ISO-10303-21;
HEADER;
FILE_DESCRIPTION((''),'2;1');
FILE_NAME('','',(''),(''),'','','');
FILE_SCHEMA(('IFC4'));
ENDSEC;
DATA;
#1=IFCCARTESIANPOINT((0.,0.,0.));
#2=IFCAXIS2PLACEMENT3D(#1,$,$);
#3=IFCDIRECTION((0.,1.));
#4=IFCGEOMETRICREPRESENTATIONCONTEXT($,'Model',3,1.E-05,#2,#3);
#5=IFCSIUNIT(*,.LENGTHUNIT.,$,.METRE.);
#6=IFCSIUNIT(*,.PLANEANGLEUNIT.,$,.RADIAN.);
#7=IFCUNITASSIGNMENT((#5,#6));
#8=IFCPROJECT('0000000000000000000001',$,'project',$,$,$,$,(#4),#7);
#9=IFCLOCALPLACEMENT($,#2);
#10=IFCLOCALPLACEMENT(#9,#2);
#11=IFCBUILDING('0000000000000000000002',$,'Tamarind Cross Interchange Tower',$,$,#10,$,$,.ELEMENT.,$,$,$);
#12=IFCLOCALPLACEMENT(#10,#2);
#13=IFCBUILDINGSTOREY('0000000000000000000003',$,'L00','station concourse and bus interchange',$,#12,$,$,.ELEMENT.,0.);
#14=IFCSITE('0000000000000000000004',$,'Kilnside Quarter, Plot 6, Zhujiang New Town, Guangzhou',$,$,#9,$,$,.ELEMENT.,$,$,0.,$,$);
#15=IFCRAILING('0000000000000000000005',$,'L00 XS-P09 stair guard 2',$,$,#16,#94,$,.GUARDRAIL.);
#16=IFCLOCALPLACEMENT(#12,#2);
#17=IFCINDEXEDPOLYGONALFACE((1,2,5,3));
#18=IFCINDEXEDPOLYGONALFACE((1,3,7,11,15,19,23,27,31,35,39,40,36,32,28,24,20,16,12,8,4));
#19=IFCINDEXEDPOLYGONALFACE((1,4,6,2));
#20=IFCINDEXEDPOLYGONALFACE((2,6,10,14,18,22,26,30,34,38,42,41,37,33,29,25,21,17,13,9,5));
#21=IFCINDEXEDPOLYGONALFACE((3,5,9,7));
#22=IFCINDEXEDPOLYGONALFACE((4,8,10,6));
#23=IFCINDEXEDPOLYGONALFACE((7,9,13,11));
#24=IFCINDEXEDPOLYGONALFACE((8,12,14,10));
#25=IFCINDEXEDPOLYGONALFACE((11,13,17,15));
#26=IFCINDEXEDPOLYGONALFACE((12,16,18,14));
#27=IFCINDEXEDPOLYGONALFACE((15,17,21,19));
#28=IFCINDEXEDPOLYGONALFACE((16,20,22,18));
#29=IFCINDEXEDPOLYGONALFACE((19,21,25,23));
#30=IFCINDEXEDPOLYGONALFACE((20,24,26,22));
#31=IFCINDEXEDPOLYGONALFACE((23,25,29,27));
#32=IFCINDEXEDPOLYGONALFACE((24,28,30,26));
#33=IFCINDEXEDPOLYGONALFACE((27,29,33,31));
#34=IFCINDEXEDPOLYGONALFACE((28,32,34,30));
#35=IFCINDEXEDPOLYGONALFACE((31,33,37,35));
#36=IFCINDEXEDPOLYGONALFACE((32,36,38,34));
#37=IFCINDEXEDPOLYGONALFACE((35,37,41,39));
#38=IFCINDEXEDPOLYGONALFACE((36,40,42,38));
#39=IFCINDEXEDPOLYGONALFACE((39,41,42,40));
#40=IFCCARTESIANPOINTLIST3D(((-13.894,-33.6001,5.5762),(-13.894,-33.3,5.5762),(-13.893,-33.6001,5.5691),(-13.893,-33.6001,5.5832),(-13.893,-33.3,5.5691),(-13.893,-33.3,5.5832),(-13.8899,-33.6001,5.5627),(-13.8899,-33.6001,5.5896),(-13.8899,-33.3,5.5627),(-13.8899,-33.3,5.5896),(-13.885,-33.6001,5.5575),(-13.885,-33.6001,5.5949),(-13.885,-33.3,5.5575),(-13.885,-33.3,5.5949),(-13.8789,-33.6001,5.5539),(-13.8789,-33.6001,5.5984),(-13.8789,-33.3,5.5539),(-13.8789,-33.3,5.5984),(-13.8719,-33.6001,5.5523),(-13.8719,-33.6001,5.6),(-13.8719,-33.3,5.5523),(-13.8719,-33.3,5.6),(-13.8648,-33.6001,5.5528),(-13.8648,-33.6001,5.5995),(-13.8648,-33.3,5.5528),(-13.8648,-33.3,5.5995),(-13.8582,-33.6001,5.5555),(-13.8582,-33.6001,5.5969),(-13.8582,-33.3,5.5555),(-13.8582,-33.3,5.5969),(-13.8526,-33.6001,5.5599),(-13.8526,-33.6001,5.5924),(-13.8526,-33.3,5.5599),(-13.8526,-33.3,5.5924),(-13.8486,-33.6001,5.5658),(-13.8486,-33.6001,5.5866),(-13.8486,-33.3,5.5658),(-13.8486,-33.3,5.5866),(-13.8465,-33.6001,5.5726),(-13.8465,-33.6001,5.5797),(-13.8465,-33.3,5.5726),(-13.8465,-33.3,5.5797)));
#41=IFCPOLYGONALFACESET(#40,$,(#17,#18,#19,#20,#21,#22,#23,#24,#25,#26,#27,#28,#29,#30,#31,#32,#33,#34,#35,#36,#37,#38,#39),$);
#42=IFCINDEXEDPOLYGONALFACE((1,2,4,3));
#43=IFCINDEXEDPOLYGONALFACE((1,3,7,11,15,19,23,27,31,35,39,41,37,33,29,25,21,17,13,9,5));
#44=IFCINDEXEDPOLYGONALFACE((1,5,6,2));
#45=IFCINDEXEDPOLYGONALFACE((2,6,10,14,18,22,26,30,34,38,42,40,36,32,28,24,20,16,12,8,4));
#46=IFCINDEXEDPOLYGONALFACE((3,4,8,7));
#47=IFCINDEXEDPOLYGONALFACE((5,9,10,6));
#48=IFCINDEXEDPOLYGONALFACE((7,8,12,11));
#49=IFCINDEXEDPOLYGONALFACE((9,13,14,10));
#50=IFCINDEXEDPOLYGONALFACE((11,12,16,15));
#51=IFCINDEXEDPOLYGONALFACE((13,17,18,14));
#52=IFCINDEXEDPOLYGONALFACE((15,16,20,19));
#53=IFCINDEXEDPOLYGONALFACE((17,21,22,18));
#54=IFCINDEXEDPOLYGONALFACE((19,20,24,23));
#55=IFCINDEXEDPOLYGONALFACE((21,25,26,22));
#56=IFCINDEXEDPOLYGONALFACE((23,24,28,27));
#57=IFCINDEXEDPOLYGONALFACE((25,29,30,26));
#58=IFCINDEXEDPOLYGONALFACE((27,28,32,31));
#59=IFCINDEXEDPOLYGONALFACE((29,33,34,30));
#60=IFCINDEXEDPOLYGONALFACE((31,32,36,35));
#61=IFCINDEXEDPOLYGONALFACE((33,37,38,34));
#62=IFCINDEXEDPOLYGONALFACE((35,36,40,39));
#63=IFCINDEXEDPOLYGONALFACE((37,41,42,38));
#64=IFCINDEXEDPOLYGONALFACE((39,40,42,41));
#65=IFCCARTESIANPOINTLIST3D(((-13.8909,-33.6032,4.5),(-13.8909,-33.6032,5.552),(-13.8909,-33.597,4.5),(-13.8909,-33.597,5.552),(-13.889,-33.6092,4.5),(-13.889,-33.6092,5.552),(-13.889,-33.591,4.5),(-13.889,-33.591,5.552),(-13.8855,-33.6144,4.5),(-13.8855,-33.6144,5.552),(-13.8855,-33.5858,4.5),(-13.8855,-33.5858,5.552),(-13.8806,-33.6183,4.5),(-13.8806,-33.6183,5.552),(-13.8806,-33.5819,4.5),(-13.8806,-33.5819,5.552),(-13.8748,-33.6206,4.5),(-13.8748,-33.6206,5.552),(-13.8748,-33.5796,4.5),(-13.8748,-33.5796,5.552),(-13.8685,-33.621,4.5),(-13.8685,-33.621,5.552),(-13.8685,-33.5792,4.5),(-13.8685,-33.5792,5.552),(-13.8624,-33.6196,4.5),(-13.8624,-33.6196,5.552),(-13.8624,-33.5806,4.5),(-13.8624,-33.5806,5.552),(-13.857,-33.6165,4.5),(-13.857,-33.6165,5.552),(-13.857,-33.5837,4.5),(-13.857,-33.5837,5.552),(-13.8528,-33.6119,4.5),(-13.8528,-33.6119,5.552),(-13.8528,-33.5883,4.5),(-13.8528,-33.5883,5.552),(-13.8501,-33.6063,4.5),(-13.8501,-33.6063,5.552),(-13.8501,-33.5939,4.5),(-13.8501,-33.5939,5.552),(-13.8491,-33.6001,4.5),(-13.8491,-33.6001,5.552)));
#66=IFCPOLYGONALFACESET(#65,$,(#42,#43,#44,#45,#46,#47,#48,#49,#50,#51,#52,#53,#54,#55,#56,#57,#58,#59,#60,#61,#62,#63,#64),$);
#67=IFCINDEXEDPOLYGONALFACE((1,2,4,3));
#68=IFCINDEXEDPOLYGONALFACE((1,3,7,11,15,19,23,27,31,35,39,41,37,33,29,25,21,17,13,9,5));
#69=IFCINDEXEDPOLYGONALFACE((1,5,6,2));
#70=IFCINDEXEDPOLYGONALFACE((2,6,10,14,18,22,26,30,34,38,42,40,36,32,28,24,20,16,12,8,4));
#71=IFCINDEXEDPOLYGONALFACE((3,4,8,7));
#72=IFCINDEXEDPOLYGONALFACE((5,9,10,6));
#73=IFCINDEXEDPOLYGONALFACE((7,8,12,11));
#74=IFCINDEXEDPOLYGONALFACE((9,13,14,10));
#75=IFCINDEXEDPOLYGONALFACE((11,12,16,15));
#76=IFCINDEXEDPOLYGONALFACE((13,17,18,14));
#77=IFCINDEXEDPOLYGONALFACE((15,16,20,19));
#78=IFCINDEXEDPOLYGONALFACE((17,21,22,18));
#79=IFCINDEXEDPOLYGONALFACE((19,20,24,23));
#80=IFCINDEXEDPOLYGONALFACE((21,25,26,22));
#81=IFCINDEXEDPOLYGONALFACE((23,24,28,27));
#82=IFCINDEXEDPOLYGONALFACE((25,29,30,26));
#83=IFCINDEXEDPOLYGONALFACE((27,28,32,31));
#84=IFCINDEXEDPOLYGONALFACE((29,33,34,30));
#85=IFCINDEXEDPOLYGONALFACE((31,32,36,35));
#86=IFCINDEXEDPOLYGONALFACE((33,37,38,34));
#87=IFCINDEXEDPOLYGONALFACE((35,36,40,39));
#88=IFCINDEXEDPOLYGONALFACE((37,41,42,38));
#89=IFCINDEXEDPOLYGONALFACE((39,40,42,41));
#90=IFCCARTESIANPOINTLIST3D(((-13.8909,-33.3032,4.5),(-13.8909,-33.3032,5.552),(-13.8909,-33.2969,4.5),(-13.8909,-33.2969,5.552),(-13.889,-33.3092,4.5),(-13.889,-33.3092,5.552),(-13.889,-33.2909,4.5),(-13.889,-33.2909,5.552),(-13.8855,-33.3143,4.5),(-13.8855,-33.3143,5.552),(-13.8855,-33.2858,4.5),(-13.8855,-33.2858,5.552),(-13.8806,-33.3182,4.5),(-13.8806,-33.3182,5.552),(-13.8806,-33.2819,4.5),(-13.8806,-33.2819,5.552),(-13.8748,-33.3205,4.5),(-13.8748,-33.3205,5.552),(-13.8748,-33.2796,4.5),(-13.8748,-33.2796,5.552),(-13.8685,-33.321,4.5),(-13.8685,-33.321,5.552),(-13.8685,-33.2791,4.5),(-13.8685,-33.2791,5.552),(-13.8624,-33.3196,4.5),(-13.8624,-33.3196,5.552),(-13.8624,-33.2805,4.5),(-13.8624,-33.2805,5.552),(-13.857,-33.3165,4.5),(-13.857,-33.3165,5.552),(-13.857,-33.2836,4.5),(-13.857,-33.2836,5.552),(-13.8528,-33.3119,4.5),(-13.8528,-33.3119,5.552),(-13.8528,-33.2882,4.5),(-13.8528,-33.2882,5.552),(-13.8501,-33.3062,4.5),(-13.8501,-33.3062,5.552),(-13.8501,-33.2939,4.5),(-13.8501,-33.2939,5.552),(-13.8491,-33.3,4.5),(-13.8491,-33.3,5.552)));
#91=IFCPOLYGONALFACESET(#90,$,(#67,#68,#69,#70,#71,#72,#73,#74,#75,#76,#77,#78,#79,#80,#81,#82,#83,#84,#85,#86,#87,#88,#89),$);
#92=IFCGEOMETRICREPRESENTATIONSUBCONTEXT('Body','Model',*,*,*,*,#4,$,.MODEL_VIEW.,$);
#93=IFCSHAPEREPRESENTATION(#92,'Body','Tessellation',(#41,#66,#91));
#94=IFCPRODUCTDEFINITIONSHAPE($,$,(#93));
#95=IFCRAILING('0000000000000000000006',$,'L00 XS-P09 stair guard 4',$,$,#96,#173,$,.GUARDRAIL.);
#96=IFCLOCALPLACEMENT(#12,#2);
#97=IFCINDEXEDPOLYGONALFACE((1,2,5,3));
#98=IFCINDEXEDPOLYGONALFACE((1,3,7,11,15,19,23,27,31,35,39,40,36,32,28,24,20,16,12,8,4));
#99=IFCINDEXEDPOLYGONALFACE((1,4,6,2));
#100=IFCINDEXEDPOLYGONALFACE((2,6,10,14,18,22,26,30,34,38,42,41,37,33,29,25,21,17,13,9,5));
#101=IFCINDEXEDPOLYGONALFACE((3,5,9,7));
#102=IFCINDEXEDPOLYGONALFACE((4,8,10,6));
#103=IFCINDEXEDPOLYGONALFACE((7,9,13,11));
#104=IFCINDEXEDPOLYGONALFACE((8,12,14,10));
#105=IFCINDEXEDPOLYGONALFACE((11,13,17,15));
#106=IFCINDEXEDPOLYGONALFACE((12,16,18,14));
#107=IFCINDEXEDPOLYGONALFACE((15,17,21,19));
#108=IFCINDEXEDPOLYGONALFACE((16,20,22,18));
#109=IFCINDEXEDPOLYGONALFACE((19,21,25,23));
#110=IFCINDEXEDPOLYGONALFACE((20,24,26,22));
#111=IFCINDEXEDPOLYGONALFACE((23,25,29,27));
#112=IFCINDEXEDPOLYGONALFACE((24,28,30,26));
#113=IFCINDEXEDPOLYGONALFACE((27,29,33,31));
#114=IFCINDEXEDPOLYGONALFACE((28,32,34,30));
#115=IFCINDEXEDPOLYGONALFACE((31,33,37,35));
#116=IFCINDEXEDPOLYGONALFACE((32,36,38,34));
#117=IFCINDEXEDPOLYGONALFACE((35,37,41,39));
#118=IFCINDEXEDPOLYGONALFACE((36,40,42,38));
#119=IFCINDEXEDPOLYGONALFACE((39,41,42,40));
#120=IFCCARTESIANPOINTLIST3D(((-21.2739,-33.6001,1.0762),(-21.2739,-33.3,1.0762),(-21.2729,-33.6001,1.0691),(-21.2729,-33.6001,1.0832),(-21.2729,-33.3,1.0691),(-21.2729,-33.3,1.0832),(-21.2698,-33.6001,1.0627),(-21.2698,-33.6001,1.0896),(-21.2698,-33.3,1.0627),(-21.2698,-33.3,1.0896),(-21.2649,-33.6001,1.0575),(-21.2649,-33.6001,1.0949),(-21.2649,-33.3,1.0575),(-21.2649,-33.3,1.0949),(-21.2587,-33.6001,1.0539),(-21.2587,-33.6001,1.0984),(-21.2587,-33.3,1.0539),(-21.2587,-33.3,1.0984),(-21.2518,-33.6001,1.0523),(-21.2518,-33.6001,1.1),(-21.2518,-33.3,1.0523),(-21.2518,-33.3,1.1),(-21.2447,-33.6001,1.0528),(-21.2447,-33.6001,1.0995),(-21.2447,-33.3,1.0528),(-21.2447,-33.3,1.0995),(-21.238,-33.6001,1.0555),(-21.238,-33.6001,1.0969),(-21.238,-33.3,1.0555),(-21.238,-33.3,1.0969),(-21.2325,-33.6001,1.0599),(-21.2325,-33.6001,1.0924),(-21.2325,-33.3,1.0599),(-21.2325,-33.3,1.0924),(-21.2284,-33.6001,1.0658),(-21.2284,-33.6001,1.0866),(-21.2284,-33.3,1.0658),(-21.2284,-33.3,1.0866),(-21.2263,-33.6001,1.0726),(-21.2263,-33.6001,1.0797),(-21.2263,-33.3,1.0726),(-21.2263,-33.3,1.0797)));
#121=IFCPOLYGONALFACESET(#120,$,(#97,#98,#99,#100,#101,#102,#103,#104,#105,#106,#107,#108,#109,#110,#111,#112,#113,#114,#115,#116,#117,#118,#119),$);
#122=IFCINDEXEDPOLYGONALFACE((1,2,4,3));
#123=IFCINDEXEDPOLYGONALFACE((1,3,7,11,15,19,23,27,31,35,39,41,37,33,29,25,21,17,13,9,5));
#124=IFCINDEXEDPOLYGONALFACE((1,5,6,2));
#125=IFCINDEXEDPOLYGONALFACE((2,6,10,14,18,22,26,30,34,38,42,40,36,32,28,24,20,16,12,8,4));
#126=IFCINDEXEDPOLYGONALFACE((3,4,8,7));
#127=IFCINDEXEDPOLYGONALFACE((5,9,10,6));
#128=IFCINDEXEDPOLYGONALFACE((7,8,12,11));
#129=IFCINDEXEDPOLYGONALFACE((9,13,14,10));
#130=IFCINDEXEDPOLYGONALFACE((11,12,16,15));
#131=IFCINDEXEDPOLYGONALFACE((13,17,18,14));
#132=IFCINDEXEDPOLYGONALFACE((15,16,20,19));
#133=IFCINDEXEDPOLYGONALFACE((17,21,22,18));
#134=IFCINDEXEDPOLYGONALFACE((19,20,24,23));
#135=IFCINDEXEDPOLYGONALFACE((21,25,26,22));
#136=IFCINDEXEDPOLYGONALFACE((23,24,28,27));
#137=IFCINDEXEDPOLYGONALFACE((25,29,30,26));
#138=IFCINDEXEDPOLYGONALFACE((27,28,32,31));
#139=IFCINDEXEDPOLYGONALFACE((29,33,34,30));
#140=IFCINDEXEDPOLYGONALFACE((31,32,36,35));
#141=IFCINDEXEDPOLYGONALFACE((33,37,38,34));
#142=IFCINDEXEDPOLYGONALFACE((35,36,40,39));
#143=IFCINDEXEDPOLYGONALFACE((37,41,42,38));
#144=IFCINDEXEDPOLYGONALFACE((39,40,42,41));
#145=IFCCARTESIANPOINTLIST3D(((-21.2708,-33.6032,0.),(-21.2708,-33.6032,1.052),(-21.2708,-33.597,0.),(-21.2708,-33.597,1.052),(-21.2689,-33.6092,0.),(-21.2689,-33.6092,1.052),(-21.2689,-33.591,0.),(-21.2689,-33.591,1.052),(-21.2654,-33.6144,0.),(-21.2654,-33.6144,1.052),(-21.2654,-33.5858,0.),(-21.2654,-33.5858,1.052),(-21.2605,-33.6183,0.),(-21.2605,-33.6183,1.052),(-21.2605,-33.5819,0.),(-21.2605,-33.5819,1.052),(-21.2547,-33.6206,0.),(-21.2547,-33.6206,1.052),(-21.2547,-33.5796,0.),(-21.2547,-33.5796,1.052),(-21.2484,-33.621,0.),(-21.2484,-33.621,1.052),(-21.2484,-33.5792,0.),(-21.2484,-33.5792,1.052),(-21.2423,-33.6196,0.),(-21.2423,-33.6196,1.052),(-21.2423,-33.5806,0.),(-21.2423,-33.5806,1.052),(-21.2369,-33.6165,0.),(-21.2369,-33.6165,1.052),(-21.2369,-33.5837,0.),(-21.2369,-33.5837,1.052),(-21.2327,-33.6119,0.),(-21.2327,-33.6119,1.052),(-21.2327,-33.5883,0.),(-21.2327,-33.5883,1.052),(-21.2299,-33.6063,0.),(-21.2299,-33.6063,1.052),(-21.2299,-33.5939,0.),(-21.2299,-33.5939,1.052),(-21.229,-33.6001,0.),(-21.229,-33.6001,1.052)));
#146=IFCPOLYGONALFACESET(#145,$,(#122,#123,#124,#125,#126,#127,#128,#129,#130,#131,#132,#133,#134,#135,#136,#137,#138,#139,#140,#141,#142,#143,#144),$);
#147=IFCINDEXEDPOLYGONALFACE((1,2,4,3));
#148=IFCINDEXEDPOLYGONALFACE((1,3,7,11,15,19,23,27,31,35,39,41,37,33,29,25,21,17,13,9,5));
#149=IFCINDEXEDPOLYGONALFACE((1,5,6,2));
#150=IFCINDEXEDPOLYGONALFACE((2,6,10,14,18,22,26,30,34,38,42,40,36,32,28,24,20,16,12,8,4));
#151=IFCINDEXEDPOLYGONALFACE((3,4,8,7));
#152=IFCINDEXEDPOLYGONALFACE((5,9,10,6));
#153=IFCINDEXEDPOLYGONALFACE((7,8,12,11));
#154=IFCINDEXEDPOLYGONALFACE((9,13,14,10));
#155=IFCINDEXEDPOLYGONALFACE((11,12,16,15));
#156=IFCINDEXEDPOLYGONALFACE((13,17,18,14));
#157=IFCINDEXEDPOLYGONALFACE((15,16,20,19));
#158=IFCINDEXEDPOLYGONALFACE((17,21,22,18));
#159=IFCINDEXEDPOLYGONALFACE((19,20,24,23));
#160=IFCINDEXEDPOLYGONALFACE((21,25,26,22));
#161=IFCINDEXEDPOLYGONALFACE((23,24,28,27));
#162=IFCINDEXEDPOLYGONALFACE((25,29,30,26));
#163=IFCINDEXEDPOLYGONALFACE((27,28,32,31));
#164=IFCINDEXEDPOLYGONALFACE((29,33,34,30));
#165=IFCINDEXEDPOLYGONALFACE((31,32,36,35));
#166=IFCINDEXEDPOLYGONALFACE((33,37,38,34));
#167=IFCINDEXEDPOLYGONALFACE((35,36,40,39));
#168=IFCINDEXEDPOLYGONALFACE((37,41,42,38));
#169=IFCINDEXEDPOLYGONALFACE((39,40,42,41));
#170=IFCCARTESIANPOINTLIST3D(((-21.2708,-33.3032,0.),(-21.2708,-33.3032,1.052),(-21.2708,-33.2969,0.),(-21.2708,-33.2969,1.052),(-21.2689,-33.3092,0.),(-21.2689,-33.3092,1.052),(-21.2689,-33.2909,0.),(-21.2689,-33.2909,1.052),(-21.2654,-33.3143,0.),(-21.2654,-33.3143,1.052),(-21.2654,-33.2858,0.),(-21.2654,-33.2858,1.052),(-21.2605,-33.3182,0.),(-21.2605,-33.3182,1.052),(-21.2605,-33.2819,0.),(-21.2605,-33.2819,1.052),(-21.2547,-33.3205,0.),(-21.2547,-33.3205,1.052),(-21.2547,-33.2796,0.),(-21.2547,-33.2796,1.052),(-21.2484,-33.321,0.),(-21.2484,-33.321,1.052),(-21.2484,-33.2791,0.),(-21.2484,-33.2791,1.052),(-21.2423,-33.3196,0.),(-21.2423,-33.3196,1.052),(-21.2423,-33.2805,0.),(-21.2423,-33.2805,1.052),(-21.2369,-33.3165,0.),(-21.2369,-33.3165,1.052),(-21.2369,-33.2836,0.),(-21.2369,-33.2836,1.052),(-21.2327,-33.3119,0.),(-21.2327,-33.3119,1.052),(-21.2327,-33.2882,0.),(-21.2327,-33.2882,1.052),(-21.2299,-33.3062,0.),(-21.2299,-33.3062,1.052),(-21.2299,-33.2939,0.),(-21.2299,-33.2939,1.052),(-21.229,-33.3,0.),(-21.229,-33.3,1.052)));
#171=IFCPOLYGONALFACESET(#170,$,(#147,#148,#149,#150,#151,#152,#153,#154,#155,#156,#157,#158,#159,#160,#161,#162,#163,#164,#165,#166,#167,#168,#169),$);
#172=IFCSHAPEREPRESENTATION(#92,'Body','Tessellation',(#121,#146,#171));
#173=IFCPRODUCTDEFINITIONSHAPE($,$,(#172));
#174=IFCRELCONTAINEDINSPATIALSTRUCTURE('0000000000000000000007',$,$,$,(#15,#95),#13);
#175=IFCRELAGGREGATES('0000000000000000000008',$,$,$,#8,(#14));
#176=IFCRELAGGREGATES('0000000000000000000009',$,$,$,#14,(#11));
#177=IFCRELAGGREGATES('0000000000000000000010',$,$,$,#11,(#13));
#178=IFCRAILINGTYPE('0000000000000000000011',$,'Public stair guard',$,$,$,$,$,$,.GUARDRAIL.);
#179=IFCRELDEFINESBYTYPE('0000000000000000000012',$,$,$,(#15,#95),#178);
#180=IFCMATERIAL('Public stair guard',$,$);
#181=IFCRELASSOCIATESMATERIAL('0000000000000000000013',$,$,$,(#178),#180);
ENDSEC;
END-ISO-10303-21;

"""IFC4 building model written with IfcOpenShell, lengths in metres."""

from ifc_helpers import new_model, si_unit, direction, frame, origin, origin_2d, place, context, subcontext, project, spatial, circle, extrude, material, type_object, element, save


model = new_model("IFC4")

# Units and contexts
model_context = context("Model", 3, precision=1e-05, world=origin(), true_north=direction((0.0, 1.0)))
body_context = subcontext(model_context, "Body", "Model", "MODEL_VIEW")
ifc_project = project(units=[si_unit("LENGTHUNIT", "METRE"), si_unit("PLANEANGLEUNIT", "RADIAN")], contexts=[model_context])

# Site, building, storey
site_placement = place(None, origin())
site = spatial("IfcSite", under=ifc_project, at=site_placement, Name="Kilnside Quarter, Plot 6, Zhujiang New Town, Guangzhou", CompositionType="ELEMENT", RefElevation=0.0)
building_placement = place(site_placement, origin())
building = spatial("IfcBuilding", under=site, at=building_placement, Name="Tamarind Cross Interchange Tower", CompositionType="ELEMENT")
storey_placement = place(building_placement, origin())
storey = spatial("IfcBuildingStorey", under=building, at=storey_placement, Name="L00", Description="station concourse and bus interchange", CompositionType="ELEMENT", Elevation=0.0)

# Railings
ifc_material_1 = material(Name="Public stair guard")
railing_type_1 = type_object("IfcRailingType", Name="Public stair guard", PredefinedType="GUARDRAIL", material=ifc_material_1)
railing_1_placement = place(storey_placement, frame((-13.8701, -33.6001, 4.5)))
element("IfcRailing", 1, at=railing_1_placement, inside=storey, type_object=railing_type_1, Name="L00 XS-P09 stair guard 2", PredefinedType="GUARDRAIL", context=body_context, shape_type="SweptSolid", body=[
    extrude(circle(Radius=0.0239, at=origin_2d()), frame((0.0, 0.0, 1.0762), z_axis=(0.0, 1.0, 0.0), x_axis=(-1.0, 0.0, 0.0)), (0.0, 0.0, 1.0), 0.3),
    extrude(circle(Radius=0.021, at=origin_2d()), origin(), (0.0, 0.0, 1.0), 1.052),
    extrude(circle(Radius=0.021, at=origin_2d()), frame((0.0, 0.3, 0.0)), (0.0, 0.0, 1.0), 1.052),
])
railing_2_placement = place(storey_placement, frame((-21.25, -33.6001, 0.0)))
element("IfcRailing", 2, at=railing_2_placement, inside=storey, type_object=railing_type_1, Name="L00 XS-P09 stair guard 4", PredefinedType="GUARDRAIL", context=body_context, shape_type="SweptSolid", body=[
    extrude(circle(Radius=0.0239, at=origin_2d()), frame((0.0, 0.0, 1.0762), z_axis=(0.0, 1.0, 0.0), x_axis=(-1.0, 0.0, 0.0)), (0.0, 0.0, 1.0), 0.3),
    extrude(circle(Radius=0.021, at=origin_2d()), origin(), (0.0, 0.0, 1.0), 1.052),
    extrude(circle(Radius=0.021, at=origin_2d()), frame((0.0, 0.3, 0.0)), (0.0, 0.0, 1.0), 1.052),
])

save(model, "model.ifc")
